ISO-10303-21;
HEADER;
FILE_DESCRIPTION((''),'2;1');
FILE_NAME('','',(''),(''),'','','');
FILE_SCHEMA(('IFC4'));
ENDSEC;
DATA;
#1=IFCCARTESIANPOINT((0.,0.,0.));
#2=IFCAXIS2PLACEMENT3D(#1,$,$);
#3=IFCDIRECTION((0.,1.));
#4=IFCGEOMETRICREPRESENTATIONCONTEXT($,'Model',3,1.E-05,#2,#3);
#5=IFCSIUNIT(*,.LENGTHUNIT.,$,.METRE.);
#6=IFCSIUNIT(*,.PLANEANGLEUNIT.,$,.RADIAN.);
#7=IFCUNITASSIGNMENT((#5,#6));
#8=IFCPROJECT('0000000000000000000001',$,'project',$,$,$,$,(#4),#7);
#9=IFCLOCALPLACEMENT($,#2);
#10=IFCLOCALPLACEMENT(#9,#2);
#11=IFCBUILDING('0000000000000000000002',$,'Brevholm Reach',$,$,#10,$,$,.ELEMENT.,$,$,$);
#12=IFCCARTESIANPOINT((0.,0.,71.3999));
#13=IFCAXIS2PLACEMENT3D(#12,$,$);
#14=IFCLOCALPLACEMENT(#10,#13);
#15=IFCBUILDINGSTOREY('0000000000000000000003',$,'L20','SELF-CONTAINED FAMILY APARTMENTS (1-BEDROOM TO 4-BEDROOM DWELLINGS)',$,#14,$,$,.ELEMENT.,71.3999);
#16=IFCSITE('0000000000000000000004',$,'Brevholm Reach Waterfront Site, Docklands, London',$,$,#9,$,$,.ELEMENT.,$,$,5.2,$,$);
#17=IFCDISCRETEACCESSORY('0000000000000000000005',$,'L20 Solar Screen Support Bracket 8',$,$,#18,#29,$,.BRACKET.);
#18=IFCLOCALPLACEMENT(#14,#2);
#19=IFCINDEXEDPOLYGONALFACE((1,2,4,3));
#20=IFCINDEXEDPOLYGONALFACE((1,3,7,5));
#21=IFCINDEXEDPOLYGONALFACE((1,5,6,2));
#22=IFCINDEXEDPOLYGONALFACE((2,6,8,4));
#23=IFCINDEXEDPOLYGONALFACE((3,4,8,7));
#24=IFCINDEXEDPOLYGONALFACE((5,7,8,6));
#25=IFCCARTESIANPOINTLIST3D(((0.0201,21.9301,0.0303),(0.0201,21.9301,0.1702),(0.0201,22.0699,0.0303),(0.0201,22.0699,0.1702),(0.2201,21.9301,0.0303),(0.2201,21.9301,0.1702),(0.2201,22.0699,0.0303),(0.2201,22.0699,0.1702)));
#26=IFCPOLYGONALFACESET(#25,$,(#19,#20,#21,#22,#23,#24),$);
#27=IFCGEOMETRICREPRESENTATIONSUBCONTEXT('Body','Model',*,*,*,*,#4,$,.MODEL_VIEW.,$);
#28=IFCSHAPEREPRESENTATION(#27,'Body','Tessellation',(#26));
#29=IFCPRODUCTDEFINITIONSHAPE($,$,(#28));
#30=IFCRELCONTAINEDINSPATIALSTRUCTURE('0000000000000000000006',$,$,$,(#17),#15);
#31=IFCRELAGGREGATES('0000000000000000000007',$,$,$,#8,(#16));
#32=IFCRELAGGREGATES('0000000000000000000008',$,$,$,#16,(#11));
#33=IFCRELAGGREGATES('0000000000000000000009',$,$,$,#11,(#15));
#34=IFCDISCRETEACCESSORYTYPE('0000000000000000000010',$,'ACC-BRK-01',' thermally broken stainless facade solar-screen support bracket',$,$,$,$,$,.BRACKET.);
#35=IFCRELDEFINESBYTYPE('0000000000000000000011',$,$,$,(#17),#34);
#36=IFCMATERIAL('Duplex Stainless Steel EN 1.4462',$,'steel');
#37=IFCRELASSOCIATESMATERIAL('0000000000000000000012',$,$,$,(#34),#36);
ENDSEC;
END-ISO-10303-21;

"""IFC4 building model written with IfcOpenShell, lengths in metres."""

from ifc_helpers import new_model, si_unit, direction, frame, origin, origin_2d, place, context, subcontext, project, spatial, rectangle, extrude, material, type_object, element, save


model = new_model("IFC4")

# Units and contexts
model_context = context("Model", 3, precision=1e-05, world=origin(), true_north=direction((0.0, 1.0)))
body_context = subcontext(model_context, "Body", "Model", "MODEL_VIEW")
ifc_project = project(units=[si_unit("LENGTHUNIT", "METRE"), si_unit("PLANEANGLEUNIT", "RADIAN")], contexts=[model_context])

# Site, building, storey
site_placement = place(None, origin())
site = spatial("IfcSite", under=ifc_project, at=site_placement, Name="Brevholm Reach Waterfront Site, Docklands, London", CompositionType="ELEMENT", RefElevation=5.2)
building_placement = place(site_placement, origin())
building = spatial("IfcBuilding", under=site, at=building_placement, Name="Brevholm Reach", CompositionType="ELEMENT")
storey_placement = place(building_placement, frame((0.0, 0.0, 71.3999)))
storey = spatial("IfcBuildingStorey", under=building, at=storey_placement, Name="L20", Description="SELF-CONTAINED FAMILY APARTMENTS (1-BEDROOM TO 4-BEDROOM DWELLINGS)", CompositionType="ELEMENT", Elevation=71.3999)

# Discrete accessory
ifc_material_1 = material(Name="Duplex Stainless Steel EN 1.4462", Category="steel")
discrete_accessory_type = type_object("IfcDiscreteAccessoryType", Name="ACC-BRK-01", Description=" thermally broken stainless facade solar-screen support bracket", PredefinedType="BRACKET", material=ifc_material_1)
for number, where, z_axis, x_axis, name in (
    (1, (0.1201, 22.0, 0.0303), (0.0, 0.0, 1.0), (-1.0, 0.0, 0.0), "L20 Solar Screen Support Bracket 8"),
):
    element("IfcDiscreteAccessory", number, at=place(storey_placement, frame(where, z_axis=z_axis, x_axis=x_axis)), inside=storey, type_object=discrete_accessory_type, Name=name, PredefinedType="BRACKET", context=body_context, shape_type="SweptSolid", body=[
        extrude(rectangle(XDim=0.2, YDim=0.1399, at=origin_2d()), origin(), (0.0, 0.0, 1.0), 0.1399),
    ])

save(model, "model.ifc")
